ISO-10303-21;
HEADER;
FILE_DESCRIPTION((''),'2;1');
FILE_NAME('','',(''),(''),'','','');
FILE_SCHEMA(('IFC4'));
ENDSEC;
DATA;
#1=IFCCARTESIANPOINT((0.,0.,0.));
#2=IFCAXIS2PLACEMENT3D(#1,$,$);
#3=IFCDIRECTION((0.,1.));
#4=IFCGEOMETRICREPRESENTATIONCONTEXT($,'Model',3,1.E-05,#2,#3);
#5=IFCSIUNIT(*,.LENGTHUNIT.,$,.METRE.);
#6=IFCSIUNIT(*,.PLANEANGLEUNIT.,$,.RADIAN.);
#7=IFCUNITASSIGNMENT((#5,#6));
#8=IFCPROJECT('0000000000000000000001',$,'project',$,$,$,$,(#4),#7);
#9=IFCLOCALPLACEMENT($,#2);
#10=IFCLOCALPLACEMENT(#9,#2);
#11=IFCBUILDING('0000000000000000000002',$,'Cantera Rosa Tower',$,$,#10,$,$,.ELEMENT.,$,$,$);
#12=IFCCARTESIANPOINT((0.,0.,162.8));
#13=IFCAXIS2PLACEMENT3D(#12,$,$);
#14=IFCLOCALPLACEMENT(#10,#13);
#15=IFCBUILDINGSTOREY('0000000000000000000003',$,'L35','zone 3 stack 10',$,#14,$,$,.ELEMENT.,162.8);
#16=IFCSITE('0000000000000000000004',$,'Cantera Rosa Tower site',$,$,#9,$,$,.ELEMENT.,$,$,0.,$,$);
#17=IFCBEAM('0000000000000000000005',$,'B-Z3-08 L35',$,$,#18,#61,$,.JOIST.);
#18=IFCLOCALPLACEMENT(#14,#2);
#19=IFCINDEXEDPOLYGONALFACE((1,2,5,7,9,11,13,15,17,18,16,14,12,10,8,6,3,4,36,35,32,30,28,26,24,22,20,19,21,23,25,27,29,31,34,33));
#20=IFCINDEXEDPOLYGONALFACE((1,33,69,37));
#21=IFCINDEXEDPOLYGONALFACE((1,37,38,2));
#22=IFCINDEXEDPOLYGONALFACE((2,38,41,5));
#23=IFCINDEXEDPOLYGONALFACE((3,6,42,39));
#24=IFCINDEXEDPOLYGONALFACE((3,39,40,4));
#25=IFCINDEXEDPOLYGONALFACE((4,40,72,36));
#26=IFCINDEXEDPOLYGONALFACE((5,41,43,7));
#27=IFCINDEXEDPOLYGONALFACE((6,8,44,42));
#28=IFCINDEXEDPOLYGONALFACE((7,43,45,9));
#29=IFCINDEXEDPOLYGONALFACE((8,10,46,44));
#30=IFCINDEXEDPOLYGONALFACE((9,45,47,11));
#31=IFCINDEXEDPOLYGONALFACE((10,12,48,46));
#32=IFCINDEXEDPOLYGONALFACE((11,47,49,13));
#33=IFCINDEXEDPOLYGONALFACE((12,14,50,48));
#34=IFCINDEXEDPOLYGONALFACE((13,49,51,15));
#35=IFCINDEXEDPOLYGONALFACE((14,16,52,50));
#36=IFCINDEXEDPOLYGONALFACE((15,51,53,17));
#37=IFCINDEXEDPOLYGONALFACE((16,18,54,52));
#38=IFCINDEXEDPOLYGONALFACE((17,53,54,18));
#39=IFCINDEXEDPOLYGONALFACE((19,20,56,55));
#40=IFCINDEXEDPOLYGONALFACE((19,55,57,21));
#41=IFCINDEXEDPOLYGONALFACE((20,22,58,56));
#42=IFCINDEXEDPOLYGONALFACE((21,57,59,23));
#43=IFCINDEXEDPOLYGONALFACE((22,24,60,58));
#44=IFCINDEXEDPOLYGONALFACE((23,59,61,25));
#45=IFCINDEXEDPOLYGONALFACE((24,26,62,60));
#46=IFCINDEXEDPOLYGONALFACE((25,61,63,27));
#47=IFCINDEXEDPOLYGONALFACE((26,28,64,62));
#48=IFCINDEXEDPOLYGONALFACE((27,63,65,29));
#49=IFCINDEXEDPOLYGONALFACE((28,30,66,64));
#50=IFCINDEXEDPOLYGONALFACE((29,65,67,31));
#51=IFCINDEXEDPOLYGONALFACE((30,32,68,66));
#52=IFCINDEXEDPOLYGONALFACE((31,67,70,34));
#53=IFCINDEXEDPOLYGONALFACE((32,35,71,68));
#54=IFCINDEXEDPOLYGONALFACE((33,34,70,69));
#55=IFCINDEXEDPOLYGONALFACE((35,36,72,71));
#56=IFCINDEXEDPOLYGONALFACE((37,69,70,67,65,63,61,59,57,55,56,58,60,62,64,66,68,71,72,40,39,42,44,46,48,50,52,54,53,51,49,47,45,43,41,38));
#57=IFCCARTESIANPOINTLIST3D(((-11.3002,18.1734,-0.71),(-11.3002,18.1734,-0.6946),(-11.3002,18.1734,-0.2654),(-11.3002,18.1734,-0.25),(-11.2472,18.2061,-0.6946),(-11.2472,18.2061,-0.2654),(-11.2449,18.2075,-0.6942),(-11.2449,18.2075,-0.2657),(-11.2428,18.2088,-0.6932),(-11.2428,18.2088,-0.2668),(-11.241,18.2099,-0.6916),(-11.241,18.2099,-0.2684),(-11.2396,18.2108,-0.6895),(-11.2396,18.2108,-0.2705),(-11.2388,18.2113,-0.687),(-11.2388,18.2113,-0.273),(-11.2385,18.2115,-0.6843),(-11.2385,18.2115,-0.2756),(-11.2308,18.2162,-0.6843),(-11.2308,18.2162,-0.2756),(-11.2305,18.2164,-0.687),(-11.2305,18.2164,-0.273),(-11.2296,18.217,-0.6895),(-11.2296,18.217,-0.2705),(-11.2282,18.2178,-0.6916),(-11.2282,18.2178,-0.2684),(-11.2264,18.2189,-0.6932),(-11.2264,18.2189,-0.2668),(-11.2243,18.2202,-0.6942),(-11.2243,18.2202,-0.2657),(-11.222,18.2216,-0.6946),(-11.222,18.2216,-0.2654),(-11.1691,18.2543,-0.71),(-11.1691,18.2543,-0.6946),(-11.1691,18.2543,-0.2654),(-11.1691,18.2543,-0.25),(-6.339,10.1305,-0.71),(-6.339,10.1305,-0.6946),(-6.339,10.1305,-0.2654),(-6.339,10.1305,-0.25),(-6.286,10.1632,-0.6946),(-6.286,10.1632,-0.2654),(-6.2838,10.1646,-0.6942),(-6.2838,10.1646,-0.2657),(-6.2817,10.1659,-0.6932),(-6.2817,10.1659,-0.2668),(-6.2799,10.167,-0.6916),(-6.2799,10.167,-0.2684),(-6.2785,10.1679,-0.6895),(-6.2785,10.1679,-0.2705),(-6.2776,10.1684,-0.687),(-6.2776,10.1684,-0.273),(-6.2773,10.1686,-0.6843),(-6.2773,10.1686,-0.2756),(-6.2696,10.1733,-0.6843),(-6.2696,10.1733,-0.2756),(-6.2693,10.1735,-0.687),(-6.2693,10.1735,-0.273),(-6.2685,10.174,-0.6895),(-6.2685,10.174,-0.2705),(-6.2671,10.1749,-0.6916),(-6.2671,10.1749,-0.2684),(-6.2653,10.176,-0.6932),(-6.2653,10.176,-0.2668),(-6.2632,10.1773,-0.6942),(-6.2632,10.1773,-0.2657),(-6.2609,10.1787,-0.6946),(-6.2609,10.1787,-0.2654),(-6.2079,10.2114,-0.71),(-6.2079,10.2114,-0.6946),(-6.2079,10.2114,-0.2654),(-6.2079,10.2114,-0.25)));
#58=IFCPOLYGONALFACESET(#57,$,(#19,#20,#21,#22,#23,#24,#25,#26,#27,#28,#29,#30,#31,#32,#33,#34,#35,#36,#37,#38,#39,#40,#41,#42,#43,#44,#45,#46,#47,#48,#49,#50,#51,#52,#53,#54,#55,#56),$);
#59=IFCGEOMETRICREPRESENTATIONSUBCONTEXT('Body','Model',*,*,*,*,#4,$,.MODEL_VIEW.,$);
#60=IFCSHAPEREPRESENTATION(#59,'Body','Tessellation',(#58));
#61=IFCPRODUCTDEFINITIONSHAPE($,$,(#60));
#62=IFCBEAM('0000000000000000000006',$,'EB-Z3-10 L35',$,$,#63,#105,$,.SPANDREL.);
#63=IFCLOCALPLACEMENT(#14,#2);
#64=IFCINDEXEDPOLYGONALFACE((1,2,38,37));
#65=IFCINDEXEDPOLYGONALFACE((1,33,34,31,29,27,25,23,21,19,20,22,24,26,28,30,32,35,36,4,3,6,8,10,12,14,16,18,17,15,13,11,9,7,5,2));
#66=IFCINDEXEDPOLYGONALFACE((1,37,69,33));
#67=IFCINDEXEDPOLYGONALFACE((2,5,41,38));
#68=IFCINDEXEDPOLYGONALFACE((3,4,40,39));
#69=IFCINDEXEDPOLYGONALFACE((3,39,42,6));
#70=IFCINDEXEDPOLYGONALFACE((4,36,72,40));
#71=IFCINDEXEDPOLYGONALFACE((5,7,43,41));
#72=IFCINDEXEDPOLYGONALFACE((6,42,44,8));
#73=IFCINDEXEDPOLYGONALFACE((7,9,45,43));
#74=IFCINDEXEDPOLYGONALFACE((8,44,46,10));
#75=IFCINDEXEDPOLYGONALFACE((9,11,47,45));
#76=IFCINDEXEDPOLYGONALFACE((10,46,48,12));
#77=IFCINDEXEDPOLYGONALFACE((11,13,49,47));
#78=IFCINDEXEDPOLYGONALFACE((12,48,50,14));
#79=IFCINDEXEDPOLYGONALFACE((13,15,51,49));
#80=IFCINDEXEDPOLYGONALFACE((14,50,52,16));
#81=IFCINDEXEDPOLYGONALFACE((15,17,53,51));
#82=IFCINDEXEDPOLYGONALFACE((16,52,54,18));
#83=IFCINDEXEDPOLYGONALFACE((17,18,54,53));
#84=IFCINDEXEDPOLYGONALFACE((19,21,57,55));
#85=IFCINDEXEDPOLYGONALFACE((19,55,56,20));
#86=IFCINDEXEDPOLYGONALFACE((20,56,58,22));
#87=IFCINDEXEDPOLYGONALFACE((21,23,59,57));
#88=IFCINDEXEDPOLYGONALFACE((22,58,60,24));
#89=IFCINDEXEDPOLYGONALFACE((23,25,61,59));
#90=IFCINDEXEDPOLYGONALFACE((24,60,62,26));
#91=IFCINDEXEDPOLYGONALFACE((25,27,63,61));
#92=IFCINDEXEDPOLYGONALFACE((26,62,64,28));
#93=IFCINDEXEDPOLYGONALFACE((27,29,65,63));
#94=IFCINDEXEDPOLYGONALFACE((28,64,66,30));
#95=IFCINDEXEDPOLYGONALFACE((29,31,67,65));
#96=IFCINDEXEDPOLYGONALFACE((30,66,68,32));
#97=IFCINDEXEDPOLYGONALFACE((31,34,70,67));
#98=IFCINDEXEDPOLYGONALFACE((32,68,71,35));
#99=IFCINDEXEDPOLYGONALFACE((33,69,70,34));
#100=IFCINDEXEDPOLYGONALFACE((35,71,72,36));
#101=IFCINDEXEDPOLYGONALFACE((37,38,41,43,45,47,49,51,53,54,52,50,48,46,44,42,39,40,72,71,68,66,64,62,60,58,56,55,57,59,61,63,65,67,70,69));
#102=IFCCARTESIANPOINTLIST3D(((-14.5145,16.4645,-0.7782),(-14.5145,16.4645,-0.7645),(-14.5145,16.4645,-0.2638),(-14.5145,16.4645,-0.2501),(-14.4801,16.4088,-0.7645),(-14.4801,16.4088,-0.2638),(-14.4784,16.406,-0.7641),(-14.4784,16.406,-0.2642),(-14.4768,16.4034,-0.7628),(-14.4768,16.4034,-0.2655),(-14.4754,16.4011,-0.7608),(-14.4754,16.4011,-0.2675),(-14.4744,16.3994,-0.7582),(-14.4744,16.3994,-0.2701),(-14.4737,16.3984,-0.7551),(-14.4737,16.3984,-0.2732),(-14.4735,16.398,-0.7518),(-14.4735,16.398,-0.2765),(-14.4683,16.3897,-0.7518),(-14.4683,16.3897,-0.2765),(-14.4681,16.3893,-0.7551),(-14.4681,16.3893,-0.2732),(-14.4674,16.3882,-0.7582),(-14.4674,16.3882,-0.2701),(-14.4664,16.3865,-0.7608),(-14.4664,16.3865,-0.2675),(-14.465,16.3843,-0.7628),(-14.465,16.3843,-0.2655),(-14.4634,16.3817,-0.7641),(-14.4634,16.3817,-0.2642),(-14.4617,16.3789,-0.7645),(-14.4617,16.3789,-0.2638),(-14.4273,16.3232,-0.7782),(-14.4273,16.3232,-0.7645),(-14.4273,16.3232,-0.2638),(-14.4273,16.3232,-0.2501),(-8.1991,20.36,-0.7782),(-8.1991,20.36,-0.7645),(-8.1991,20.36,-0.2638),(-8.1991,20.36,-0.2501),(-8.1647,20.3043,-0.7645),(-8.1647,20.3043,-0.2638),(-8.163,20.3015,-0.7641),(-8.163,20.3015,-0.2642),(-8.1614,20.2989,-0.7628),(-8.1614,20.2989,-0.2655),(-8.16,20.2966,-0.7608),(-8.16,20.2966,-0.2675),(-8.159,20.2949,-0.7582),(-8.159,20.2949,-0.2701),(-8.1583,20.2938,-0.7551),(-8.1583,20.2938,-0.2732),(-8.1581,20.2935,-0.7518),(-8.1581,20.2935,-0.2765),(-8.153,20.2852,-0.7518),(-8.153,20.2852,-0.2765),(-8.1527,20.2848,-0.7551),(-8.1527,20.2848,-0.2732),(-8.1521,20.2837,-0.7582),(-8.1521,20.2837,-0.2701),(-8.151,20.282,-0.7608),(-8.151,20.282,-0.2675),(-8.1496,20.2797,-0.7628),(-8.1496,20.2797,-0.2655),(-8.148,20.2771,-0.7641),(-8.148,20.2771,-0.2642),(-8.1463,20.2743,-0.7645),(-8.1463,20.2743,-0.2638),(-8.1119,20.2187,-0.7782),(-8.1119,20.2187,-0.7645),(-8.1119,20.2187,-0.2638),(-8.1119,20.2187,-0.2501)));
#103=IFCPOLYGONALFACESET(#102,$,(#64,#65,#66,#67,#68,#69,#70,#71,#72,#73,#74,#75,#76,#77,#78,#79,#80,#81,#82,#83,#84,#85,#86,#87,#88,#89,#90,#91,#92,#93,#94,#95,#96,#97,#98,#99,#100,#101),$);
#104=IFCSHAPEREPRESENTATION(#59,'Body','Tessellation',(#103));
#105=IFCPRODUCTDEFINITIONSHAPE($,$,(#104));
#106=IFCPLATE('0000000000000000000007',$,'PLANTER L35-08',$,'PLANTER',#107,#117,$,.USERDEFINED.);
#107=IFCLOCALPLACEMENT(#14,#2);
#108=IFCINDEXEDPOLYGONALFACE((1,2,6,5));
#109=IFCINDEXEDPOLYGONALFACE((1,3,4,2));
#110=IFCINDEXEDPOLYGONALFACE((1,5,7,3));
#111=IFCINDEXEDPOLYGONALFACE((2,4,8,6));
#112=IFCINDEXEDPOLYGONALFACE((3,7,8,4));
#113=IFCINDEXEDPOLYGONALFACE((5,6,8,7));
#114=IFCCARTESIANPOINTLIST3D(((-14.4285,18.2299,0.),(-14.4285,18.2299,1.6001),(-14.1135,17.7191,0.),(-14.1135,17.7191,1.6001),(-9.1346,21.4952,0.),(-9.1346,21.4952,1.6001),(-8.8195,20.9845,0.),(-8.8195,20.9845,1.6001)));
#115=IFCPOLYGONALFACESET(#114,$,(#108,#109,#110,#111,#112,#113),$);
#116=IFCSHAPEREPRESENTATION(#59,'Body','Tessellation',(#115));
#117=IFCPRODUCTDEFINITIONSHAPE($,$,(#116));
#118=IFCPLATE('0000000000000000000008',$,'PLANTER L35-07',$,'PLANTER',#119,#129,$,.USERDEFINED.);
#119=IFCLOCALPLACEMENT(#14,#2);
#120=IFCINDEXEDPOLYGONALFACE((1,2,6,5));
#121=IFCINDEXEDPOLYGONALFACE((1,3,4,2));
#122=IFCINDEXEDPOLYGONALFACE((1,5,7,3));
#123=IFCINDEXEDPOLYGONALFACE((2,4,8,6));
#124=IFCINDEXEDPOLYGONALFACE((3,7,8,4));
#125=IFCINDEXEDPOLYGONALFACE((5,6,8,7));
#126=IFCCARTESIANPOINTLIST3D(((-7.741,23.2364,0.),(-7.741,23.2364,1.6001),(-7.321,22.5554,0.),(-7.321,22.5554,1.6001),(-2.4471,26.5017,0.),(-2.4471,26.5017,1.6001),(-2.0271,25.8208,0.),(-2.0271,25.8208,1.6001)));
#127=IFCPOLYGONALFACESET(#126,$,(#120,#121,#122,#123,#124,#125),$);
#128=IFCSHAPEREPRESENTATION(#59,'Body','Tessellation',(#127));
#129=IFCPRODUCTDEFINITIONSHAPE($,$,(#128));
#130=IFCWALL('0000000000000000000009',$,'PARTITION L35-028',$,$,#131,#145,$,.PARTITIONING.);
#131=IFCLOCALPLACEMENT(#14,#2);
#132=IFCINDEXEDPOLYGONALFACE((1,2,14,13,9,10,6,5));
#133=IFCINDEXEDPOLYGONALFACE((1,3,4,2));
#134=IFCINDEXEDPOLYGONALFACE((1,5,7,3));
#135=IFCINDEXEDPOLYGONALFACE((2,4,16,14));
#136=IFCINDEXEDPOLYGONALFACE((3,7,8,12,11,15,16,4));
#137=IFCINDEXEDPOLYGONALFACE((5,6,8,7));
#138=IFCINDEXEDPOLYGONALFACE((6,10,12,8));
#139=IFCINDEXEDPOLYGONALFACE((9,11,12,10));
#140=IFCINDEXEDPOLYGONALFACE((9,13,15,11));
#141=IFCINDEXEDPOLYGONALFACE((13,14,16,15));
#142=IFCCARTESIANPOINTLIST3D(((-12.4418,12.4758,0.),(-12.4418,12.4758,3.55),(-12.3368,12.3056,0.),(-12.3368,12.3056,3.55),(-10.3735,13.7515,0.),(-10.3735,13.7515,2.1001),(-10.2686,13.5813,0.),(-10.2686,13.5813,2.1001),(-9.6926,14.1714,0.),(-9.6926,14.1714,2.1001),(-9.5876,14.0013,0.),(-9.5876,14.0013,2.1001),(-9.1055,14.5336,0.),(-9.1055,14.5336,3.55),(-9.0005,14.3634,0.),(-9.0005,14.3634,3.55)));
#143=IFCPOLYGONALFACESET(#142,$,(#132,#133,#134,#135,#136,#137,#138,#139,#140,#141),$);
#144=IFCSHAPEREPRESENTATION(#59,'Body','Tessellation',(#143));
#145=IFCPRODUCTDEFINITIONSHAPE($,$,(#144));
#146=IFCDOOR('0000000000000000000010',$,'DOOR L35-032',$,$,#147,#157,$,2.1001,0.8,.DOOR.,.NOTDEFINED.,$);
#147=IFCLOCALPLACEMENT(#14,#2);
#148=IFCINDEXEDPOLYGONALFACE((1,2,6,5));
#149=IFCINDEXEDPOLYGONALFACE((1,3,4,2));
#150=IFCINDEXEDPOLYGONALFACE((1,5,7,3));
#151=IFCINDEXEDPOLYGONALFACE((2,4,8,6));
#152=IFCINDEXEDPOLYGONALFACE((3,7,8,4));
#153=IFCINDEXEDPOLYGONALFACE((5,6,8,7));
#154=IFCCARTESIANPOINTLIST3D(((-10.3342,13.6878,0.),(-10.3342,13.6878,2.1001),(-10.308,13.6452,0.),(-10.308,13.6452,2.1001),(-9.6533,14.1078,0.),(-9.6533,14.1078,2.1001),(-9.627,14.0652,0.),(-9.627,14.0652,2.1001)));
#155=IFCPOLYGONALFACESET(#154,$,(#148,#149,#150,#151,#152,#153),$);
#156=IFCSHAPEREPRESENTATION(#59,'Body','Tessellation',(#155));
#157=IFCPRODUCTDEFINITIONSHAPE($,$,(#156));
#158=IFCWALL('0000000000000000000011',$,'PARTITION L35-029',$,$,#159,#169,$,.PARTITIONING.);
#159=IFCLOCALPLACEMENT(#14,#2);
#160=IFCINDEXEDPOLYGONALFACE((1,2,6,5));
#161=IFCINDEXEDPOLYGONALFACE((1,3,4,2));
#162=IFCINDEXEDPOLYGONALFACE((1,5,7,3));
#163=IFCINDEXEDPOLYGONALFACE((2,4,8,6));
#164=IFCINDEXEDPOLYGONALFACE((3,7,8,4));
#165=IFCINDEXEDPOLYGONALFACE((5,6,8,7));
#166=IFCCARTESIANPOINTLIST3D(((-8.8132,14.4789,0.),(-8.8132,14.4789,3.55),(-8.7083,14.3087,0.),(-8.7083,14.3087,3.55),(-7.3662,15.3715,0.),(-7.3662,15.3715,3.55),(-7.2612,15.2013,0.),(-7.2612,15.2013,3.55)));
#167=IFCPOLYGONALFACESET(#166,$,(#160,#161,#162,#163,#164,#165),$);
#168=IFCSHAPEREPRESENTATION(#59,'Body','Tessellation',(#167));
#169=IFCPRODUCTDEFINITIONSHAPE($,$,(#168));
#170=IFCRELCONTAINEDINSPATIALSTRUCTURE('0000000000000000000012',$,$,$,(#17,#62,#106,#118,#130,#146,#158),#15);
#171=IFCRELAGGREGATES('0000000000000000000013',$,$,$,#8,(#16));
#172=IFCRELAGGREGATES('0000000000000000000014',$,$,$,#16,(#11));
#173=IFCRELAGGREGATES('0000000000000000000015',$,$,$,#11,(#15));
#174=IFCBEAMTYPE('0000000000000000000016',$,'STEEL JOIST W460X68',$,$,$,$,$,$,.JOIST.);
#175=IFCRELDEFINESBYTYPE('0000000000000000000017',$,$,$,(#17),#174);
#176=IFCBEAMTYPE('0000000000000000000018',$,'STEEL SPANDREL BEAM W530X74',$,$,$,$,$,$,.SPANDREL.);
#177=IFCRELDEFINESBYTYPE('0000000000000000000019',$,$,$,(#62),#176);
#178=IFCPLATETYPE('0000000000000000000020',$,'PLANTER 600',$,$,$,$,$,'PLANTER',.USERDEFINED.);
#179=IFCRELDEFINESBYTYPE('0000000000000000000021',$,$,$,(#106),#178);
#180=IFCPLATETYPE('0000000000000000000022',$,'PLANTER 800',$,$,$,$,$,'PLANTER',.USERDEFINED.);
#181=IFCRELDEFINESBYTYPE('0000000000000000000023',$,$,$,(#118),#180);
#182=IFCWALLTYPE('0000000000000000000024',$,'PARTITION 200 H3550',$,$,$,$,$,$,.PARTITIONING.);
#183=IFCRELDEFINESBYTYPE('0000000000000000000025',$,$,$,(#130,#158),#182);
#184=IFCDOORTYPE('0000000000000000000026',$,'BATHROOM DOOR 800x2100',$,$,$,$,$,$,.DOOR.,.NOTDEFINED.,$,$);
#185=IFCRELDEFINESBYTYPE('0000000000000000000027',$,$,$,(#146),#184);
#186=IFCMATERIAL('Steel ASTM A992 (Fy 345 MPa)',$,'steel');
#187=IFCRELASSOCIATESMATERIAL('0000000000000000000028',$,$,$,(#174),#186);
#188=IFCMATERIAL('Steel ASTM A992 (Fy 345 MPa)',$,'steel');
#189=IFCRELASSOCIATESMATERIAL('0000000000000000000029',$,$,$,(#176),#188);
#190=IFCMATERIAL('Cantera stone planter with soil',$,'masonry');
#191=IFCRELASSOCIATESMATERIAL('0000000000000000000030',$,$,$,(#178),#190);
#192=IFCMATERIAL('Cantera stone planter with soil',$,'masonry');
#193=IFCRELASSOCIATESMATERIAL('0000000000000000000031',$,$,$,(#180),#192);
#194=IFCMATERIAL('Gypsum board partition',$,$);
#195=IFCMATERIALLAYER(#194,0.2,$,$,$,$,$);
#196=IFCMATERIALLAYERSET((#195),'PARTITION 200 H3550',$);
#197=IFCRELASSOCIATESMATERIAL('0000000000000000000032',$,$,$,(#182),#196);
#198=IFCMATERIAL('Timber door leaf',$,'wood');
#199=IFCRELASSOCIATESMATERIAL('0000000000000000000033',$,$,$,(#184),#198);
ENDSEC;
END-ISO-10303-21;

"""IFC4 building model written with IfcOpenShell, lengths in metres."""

from ifc_helpers import new_model, si_unit, direction, frame, frame_2d, origin, origin_2d, place, context, subcontext, project, spatial, rectangle, i_section, extrude, material, layer, layer_set, material_profile, profile_set, type_object, element, fill, save


model = new_model("IFC4")

# Units and contexts
model_context = context("Model", 3, precision=1e-05, world=origin(), true_north=direction((0.0, 1.0)))
body_context = subcontext(model_context, "Body", "Model", "MODEL_VIEW")
ifc_project = project(units=[si_unit("LENGTHUNIT", "METRE"), si_unit("PLANEANGLEUNIT", "RADIAN")], contexts=[model_context])

# Site, building, storey
site_placement = place(None, origin())
site = spatial("IfcSite", under=ifc_project, at=site_placement, Name="Cantera Rosa Tower site", CompositionType="ELEMENT", RefElevation=0.0)
building_placement = place(site_placement, origin())
building = spatial("IfcBuilding", under=site, at=building_placement, Name="Cantera Rosa Tower", CompositionType="ELEMENT")
storey_placement = place(building_placement, frame((0.0, 0.0, 162.8)))
storey = spatial("IfcBuildingStorey", under=building, at=storey_placement, Name="L35", Description="zone 3 stack 10", CompositionType="ELEMENT", Elevation=162.8)

# Beams
ifc_material_1 = material(Name="Steel ASTM A992 (Fy 345 MPa)", Category="steel")
ifc_material_profile_1 = material_profile(ifc_material_1, i_section(OverallWidth=0.1541, OverallDepth=0.46, WebThickness=0.009, FlangeThickness=0.0154, FilletRadius=0.0103, at=origin_2d()), Name="W460X68")
ifc_profile_set_1 = profile_set([ifc_material_profile_1], Name="Steel ASTM A992 (Fy 345 MPa)")
beam_type_1 = type_object("IfcBeamType", Name="STEEL JOIST W460X68", PredefinedType="JOIST", material=ifc_profile_set_1)
beam_1_placement = place(storey_placement, frame((-11.2346, 18.2139, -0.48), z_axis=(0.524992, -0.851107, 0.0), x_axis=(0.851107, 0.524992, 0.0)))
element("IfcBeam", 1, at=beam_1_placement, inside=storey, type_object=beam_type_1, Name="B-Z3-08 L35", PredefinedType="JOIST", context=body_context, shape_type="SweptSolid", body=[
    extrude(i_section(OverallWidth=0.1541, OverallDepth=0.46, WebThickness=0.009, FlangeThickness=0.0154, FilletRadius=0.0103, at=origin_2d()), origin(), (0.0, 0.0, 1.0), 9.45),
])
ifc_material_2 = material(Name="Steel ASTM A992 (Fy 345 MPa)", Category="steel")
ifc_material_profile_2 = material_profile(ifc_material_2, i_section(OverallWidth=0.166, OverallDepth=0.5281, WebThickness=0.0098, FlangeThickness=0.0137, FilletRadius=0.0127, at=origin_2d()), Name="W530X74")
ifc_profile_set_2 = profile_set([ifc_material_profile_2], Name="Steel ASTM A992 (Fy 345 MPa)")
beam_type_2 = type_object("IfcBeamType", Name="STEEL SPANDREL BEAM W530X74", PredefinedType="SPANDREL", material=ifc_profile_set_2)
beam_2_placement = place(storey_placement, frame((-8.1555, 20.2893, -0.5142), z_axis=(-0.851111, -0.524986, 0.0), x_axis=(0.524986, -0.851111, 0.0)))
element("IfcBeam", 2, at=beam_2_placement, inside=storey, type_object=beam_type_2, Name="EB-Z3-10 L35", PredefinedType="SPANDREL", context=body_context, shape_type="SweptSolid", body=[
    extrude(i_section(OverallWidth=0.166, OverallDepth=0.5281, WebThickness=0.0098, FlangeThickness=0.0137, FilletRadius=0.0127, at=origin_2d()), origin(), (0.0, 0.0, 1.0), 7.4202),
])

# Plates
ifc_material_3 = material(Name="Cantera stone planter with soil", Category="masonry")
plate_type_1 = type_object("IfcPlateType", Name="PLANTER 600", ElementType="PLANTER", PredefinedType="USERDEFINED", material=ifc_material_3)
plate_1_placement = place(storey_placement, frame((-11.624, 19.6072, 0.0), z_axis=(0.0, 0.0, 1.0), x_axis=(-0.851117, -0.524977, 0.0)))
element("IfcPlate", 3, at=plate_1_placement, inside=storey, type_object=plate_type_1, Name="PLANTER L35-08", ObjectType="PLANTER", PredefinedType="USERDEFINED", context=body_context, shape_type="SweptSolid", body=[
    extrude(rectangle(XDim=6.22, YDim=0.6001, at=origin_2d()), origin(), (0.0, 0.0, 1.0), 1.6001),
])
ifc_material_4 = material(Name="Cantera stone planter with soil", Category="masonry")
plate_type_2 = type_object("IfcPlateType", Name="PLANTER 800", ElementType="PLANTER", PredefinedType="USERDEFINED", material=ifc_material_4)
plate_2_placement = place(storey_placement, frame((-4.884, 24.5286, 0.0), z_axis=(0.0, 0.0, 1.0), x_axis=(-0.851117, -0.524977, 0.0)))
element("IfcPlate", 4, at=plate_2_placement, inside=storey, type_object=plate_type_2, Name="PLANTER L35-07", ObjectType="PLANTER", PredefinedType="USERDEFINED", context=body_context, shape_type="SweptSolid", body=[
    extrude(rectangle(XDim=6.22, YDim=0.8, at=origin_2d()), origin(), (0.0, 0.0, 1.0), 1.6001),
])

# Wall, opening, door
ifc_material_5 = material(Name="Gypsum board partition")
ifc_layer_1 = layer(ifc_material_5, 0.2)
ifc_layer_set_1 = layer_set([ifc_layer_1], Name="PARTITION 200 H3550")
wall_type_1 = type_object("IfcWallType", Name="PARTITION 200 H3550", PredefinedType="PARTITIONING", material=ifc_layer_set_1)
wall_1_placement = place(storey_placement, frame((-9.053, 14.4485, 0.0), z_axis=(0.0, 0.0, 1.0), x_axis=(-0.851125, -0.524962, 0.0)))
wall_1 = element("IfcWall", 5, at=wall_1_placement, inside=storey, type_object=wall_type_1, Name="PARTITION L35-028", PredefinedType="PARTITIONING", context=body_context, shape_type="SweptSolid", body=[
    extrude(rectangle(XDim=3.9199, YDim=0.2, at=frame_2d((1.96, 0.0))), origin(), (0.0, 0.0, 1.0), 3.55),
])
opening_1_placement = place(wall_1_placement, frame((0.6899, 0.0, 0.0)))
opening_1 = element("IfcOpeningElement", 6, at=opening_1_placement, cuts=wall_1, PredefinedType="OPENING", context=body_context, shape_type="SweptSolid", body=[
    extrude(rectangle(XDim=0.8, YDim=2.1001, at=frame_2d((0.3999, 1.05))), frame((0.0, 0.1099, 0.0), z_axis=(0.0, -1.0, 0.0), x_axis=(1.0, 0.0, 0.0)), (0.0, 0.0, 1.0), 0.22),
])
ifc_material_6 = material(Name="Timber door leaf", Category="wood")
door_type_1 = type_object("IfcDoorType", Name="BATHROOM DOOR 800x2100", OperationType="NOTDEFINED", PredefinedType="DOOR", material=ifc_material_6)
door_1_placement = place(opening_1_placement, origin())
door_1 = element("IfcDoor", 7, at=door_1_placement, inside=storey, type_object=door_type_1, Name="DOOR L35-032", OperationType="NOTDEFINED", OverallHeight=2.1001, OverallWidth=0.8, PredefinedType="DOOR", context=body_context, shape_type="SweptSolid", body=[
    extrude(rectangle(XDim=0.8, YDim=2.1001, at=frame_2d((0.3999, 1.05))), frame((0.0, 0.0249, 0.0), z_axis=(0.0, -1.0, 0.0), x_axis=(1.0, 0.0, 0.0)), (0.0, 0.0, 1.0), 0.05),
])
fill(opening_1, door_1)

# Wall
wall_2_placement = place(storey_placement, frame((-8.7607, 14.3938, 0.0), z_axis=(0.0, 0.0, 1.0), x_axis=(0.851106, 0.524994, 0.0)))
element("IfcWall", 8, at=wall_2_placement, inside=storey, type_object=wall_type_1, Name="PARTITION L35-029", PredefinedType="PARTITIONING", context=body_context, shape_type="SweptSolid", body=[
    extrude(rectangle(XDim=1.7002, YDim=0.2, at=frame_2d((0.8501, 0.0))), origin(), (0.0, 0.0, 1.0), 3.55),
])

save(model, "model.ifc")
